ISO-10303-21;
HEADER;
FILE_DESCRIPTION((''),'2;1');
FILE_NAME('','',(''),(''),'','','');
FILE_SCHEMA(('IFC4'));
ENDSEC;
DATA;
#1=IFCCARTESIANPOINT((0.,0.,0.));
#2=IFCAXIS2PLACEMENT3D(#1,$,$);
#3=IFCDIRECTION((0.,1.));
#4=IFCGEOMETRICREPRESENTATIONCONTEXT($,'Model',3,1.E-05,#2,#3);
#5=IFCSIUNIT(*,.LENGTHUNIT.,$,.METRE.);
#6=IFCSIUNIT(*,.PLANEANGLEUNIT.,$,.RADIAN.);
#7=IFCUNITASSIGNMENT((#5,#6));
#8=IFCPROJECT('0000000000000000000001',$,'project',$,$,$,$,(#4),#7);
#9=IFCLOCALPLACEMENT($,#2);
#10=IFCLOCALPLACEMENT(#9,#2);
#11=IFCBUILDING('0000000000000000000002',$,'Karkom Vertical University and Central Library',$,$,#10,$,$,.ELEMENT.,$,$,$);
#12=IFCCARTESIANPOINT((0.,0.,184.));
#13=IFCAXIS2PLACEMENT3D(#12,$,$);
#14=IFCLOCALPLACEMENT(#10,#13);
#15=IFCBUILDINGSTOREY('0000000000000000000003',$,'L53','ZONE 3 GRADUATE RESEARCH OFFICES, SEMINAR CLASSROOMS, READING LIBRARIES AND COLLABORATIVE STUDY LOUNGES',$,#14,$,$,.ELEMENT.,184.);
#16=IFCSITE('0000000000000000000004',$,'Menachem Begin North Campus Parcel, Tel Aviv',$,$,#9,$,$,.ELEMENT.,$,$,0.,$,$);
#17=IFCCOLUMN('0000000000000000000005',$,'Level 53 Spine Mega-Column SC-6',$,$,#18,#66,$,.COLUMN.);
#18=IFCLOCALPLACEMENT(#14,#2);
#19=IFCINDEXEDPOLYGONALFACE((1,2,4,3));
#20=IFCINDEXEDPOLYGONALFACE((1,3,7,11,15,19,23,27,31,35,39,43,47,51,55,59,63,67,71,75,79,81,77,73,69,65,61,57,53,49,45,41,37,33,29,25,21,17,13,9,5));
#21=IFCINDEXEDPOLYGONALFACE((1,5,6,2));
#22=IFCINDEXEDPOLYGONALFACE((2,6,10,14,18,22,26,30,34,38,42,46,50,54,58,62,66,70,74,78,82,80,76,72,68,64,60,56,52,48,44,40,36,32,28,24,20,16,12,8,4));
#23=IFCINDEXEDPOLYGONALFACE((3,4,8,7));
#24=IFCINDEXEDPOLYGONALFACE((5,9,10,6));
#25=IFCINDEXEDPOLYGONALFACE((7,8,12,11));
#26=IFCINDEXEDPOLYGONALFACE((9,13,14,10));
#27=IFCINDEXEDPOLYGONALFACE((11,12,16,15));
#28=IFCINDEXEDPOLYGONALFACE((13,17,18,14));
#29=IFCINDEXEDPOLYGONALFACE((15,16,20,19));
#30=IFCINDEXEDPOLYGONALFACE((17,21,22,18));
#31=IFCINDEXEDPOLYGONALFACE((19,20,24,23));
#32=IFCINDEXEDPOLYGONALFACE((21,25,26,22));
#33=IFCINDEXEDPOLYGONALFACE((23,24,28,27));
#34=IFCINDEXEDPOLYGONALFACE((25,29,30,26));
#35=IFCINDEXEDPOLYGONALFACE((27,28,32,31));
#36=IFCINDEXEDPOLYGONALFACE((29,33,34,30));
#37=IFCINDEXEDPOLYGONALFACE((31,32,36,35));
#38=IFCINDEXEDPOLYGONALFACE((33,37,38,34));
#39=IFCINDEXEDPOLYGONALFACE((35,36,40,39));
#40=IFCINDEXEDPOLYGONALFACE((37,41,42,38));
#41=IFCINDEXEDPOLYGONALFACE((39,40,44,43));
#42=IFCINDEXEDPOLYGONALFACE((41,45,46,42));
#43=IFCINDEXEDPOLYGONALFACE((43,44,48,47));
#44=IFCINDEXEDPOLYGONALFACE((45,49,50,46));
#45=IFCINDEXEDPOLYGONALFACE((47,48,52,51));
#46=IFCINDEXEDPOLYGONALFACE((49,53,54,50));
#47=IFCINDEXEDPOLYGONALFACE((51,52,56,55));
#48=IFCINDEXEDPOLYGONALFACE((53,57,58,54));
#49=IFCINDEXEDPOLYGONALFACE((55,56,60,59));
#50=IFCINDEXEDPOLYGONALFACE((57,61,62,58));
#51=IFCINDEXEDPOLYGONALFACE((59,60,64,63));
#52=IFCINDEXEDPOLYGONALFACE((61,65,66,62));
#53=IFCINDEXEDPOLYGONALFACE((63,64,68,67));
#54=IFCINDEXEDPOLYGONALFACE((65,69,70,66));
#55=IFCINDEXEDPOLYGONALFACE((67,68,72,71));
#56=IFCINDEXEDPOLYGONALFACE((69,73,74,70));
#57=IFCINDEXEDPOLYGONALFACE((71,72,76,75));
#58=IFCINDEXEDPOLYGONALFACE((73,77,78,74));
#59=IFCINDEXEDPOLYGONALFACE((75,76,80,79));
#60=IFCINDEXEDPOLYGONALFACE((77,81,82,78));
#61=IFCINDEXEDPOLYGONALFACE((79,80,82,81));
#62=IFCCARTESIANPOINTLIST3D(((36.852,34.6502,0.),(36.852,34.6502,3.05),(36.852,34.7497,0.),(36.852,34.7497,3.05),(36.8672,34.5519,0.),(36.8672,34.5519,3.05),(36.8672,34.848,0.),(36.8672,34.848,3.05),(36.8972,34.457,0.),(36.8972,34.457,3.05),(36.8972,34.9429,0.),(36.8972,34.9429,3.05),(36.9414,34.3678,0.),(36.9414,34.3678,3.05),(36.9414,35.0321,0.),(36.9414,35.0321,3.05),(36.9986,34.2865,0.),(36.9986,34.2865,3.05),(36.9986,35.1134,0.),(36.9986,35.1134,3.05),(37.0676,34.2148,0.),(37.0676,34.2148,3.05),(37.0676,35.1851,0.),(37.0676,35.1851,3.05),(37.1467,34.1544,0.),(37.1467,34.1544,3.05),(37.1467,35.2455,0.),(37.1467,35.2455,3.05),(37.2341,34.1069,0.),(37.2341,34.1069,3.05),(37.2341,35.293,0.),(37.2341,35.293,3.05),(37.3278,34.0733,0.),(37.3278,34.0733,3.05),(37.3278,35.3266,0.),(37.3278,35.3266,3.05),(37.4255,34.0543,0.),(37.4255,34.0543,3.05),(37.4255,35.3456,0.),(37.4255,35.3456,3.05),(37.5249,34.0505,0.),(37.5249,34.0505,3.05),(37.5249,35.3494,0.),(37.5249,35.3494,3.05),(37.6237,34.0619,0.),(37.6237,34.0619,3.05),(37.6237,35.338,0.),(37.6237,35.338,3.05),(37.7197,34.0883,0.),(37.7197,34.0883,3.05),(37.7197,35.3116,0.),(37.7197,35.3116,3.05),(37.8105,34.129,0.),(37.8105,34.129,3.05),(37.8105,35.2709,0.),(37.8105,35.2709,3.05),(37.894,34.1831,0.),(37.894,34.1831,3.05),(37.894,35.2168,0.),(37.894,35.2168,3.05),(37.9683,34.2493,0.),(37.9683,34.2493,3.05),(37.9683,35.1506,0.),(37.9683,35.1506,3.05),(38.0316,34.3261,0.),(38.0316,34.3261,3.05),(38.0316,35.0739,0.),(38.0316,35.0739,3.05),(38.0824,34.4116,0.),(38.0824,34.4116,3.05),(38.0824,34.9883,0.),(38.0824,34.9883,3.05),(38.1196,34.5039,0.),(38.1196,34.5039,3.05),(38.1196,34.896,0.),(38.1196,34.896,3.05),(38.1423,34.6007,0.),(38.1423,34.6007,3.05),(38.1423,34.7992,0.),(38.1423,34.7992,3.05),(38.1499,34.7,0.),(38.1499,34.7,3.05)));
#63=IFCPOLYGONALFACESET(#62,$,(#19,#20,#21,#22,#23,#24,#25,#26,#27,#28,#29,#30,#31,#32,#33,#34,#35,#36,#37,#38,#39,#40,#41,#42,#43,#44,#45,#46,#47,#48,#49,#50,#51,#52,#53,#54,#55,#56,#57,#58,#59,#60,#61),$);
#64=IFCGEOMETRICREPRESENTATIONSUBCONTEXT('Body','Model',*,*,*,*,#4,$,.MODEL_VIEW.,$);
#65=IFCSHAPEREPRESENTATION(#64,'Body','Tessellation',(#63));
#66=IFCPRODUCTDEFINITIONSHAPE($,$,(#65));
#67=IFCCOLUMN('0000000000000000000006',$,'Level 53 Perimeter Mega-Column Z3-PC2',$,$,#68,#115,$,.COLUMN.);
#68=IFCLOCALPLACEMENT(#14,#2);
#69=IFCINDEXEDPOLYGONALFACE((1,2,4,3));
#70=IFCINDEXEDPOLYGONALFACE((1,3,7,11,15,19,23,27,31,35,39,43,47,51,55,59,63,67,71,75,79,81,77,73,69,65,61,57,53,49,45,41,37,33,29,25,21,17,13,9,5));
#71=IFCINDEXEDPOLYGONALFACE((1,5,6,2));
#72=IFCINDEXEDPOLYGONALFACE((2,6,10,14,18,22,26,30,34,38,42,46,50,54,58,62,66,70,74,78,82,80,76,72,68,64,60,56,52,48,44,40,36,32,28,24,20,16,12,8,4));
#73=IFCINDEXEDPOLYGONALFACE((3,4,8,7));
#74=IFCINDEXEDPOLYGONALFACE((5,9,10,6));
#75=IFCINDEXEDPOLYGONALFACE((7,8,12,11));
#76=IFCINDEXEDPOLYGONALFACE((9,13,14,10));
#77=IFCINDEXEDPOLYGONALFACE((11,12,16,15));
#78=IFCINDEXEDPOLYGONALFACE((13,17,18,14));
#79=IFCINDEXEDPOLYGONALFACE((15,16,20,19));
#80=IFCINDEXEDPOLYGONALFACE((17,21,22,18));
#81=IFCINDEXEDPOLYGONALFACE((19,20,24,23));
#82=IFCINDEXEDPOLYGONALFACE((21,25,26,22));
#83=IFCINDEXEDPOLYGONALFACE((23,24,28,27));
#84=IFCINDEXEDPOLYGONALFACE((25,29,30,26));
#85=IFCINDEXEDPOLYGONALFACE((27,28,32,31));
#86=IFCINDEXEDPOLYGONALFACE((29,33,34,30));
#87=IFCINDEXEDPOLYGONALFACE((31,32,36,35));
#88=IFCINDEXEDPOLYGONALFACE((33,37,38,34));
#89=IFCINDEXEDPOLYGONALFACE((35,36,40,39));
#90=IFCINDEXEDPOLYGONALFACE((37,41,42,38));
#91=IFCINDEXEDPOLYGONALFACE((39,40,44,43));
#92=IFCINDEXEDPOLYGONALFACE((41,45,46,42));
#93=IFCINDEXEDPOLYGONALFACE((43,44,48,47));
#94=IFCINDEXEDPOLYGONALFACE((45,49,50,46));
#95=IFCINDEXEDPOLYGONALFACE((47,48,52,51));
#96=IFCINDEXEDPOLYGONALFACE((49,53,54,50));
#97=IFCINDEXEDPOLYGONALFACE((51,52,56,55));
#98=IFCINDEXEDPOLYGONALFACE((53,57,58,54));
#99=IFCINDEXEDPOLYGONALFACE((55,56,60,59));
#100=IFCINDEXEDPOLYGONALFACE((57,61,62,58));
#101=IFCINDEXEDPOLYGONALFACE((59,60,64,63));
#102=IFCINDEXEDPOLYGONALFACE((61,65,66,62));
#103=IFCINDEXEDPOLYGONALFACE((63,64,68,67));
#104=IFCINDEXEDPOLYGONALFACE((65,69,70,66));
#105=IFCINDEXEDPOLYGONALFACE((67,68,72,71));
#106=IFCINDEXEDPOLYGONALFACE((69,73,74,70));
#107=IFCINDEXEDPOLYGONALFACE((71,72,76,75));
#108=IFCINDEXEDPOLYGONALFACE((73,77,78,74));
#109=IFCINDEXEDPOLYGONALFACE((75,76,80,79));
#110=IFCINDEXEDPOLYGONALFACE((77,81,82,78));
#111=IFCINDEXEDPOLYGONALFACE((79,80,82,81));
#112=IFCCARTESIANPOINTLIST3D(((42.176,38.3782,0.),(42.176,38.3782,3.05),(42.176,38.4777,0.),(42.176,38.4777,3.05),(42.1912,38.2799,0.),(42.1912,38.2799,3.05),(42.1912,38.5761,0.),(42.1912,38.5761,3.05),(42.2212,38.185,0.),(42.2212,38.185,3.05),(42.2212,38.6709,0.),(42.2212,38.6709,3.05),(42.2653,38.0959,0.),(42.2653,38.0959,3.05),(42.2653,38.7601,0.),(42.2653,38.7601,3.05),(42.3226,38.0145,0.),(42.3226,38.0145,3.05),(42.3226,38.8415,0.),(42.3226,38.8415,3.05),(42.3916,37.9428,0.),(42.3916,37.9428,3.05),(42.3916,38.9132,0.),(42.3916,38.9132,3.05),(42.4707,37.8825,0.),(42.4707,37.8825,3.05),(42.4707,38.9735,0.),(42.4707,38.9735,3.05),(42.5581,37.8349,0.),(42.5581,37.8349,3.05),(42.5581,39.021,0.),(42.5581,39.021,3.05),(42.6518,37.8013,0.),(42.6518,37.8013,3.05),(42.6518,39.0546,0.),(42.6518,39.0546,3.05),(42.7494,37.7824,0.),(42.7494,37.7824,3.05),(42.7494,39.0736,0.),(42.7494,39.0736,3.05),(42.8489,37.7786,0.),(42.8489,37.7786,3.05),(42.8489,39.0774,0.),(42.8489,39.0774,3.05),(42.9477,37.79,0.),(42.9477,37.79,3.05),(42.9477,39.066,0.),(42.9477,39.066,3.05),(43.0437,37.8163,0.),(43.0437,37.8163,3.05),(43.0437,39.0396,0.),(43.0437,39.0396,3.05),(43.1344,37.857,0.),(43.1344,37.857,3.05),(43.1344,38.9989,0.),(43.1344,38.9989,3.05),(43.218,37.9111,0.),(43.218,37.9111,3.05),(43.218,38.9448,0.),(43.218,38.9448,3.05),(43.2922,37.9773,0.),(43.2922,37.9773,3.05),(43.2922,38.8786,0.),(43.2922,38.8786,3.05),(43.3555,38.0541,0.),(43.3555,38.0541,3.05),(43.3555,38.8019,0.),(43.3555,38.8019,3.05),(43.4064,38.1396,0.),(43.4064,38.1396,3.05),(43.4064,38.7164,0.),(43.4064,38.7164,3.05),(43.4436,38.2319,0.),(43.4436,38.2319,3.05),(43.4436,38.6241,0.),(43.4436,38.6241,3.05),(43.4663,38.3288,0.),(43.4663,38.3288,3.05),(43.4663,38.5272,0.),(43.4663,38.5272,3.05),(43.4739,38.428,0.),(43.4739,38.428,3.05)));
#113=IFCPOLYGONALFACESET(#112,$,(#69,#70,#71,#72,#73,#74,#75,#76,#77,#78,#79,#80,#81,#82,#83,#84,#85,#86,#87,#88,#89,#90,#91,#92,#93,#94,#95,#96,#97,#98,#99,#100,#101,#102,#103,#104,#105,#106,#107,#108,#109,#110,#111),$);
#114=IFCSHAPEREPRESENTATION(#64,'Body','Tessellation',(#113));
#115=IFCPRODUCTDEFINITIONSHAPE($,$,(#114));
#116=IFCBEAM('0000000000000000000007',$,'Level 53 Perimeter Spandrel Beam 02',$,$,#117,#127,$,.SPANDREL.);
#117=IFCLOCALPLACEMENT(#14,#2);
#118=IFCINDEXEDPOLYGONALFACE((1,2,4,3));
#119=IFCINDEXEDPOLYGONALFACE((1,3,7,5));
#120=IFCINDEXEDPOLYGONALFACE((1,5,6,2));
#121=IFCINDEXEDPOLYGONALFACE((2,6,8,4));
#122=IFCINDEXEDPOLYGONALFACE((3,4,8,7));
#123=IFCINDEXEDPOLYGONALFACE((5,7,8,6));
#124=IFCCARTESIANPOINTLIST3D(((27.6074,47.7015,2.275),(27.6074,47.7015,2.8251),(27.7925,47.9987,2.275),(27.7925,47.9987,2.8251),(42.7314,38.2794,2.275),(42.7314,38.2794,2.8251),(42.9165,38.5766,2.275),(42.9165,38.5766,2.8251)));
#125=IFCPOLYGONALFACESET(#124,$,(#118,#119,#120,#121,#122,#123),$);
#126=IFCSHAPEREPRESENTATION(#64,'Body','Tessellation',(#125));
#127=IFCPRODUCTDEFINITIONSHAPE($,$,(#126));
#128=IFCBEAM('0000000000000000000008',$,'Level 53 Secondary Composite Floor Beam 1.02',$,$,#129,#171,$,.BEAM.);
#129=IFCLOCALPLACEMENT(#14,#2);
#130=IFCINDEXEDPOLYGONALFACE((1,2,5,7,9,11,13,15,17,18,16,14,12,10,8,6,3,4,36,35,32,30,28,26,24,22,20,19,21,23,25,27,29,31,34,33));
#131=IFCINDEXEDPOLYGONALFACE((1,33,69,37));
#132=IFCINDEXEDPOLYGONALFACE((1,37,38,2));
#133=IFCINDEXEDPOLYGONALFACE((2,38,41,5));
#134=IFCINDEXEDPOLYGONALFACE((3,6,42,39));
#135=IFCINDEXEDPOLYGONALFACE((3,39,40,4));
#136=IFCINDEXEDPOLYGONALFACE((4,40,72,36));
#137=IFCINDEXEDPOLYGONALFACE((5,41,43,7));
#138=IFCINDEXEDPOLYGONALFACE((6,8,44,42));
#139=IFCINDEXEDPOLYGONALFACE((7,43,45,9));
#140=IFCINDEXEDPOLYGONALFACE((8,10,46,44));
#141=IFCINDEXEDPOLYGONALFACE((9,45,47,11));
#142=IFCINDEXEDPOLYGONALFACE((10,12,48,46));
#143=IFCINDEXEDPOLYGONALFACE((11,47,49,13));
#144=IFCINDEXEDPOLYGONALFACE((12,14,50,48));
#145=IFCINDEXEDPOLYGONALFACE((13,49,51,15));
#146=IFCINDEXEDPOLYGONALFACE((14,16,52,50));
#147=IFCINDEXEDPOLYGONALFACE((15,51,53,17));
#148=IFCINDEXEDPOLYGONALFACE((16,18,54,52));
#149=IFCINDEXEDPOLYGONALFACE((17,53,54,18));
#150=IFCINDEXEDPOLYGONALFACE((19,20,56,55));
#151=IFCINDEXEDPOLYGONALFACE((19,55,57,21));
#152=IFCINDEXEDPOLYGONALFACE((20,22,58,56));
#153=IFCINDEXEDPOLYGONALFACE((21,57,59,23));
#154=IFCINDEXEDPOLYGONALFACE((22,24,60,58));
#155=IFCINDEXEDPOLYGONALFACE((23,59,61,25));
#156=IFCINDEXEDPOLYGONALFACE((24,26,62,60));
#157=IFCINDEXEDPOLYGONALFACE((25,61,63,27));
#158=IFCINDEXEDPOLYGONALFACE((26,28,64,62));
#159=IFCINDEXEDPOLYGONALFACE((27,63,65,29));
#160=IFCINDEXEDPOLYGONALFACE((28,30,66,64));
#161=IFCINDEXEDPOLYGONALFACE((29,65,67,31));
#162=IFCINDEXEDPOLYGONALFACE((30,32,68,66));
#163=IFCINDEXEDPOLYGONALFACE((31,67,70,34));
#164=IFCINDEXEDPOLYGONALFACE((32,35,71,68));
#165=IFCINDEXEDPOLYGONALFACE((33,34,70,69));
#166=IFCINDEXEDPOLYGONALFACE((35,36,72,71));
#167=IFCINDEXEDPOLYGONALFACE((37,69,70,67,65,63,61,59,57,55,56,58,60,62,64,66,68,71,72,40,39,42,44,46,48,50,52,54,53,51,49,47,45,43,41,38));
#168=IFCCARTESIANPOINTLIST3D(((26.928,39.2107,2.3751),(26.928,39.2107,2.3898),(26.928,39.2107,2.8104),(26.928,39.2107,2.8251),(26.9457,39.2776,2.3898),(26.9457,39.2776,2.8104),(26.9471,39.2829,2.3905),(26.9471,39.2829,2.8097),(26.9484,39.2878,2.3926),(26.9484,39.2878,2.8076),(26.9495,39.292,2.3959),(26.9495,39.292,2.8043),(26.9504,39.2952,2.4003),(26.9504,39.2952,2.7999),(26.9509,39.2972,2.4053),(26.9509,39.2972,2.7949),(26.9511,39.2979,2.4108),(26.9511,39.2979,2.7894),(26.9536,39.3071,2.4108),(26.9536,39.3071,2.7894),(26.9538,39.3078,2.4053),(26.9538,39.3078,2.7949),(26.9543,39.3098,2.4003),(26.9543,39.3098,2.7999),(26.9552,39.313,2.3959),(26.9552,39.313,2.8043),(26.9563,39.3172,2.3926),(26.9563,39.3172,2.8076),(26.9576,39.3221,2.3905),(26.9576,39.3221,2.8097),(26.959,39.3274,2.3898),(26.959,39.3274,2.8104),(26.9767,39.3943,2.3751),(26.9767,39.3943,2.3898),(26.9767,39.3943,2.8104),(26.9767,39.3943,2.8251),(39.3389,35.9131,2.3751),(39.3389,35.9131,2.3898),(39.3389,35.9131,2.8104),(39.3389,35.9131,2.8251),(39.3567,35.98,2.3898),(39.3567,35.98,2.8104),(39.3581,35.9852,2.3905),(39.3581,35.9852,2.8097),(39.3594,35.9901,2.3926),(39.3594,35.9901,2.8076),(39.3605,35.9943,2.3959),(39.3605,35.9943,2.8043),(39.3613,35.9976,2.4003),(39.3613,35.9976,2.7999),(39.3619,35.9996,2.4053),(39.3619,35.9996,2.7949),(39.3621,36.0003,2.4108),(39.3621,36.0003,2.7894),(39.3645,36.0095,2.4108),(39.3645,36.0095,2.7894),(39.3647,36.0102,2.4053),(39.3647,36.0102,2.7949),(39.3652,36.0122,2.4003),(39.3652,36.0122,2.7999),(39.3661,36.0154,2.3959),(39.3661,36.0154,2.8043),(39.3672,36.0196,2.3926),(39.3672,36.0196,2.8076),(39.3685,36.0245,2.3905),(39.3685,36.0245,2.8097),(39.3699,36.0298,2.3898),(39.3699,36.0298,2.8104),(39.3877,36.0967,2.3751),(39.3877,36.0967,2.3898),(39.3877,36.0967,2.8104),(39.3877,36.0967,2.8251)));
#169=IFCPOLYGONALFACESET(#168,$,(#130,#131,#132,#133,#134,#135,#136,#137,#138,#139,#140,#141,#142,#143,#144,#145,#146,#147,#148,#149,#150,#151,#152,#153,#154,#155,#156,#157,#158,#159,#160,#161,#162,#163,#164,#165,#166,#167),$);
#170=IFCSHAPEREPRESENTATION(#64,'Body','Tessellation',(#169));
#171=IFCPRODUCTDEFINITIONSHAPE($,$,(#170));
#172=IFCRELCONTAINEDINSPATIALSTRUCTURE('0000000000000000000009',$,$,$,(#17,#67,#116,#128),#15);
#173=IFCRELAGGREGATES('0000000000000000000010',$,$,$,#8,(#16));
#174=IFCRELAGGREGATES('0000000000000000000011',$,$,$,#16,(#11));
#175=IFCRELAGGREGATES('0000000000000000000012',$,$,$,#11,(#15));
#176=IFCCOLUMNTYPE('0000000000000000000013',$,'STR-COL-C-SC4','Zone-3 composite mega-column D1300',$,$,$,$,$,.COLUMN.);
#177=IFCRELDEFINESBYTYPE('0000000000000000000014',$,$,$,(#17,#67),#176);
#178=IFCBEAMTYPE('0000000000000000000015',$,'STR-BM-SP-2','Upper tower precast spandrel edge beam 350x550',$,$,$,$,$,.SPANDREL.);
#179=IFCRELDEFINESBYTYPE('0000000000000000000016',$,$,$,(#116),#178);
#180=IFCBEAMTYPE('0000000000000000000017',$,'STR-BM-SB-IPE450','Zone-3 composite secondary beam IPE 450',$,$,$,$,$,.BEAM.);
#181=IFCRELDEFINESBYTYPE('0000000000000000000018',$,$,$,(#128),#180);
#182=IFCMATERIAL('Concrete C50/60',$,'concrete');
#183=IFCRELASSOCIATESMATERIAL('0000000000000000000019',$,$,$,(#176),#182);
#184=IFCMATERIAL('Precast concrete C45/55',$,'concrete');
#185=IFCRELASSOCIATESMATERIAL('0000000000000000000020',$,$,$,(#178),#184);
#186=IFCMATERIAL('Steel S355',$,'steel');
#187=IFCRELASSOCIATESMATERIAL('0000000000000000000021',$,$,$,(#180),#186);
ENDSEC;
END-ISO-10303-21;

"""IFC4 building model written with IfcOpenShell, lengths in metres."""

from ifc_helpers import new_model, si_unit, direction, frame, origin, origin_with_axes, origin_2d, place, context, subcontext, project, spatial, rectangle, circle, i_section, extrude, source, transform, mapped, material, material_profile, profile_set, type_object, element, save


model = new_model("IFC4")

# Units and contexts
model_context = context("Model", 3, precision=1e-05, world=origin(), true_north=direction((0.0, 1.0)))
body_context = subcontext(model_context, "Body", "Model", "MODEL_VIEW")
ifc_project = project(units=[si_unit("LENGTHUNIT", "METRE"), si_unit("PLANEANGLEUNIT", "RADIAN")], contexts=[model_context])

# Site, building, storey
site_placement = place(None, origin())
site = spatial("IfcSite", under=ifc_project, at=site_placement, Name="Menachem Begin North Campus Parcel, Tel Aviv", CompositionType="ELEMENT", RefElevation=0.0)
building_placement = place(site_placement, origin())
building = spatial("IfcBuilding", under=site, at=building_placement, Name="Karkom Vertical University and Central Library", CompositionType="ELEMENT")
storey_placement = place(building_placement, frame((0.0, 0.0, 184.0)))
storey = spatial("IfcBuildingStorey", under=building, at=storey_placement, Name="L53", Description="ZONE 3 GRADUATE RESEARCH OFFICES, SEMINAR CLASSROOMS, READING LIBRARIES AND COLLABORATIVE STUDY LOUNGES", CompositionType="ELEMENT", Elevation=184.0)

# Columns
ifc_material_1 = material(Name="Concrete C50/60", Category="concrete")
ifc_material_profile_1 = material_profile(ifc_material_1, circle(Radius=0.6499, at=origin_2d()), Name="CFT-D1300")
ifc_profile_set_1 = profile_set([ifc_material_profile_1], Name="Concrete C50/60")
column_type = type_object("IfcColumnType", Name="STR-COL-C-SC4", Description="Zone-3 composite mega-column D1300", PredefinedType="COLUMN", material=ifc_profile_set_1)
shared_shape_1 = source(origin_with_axes(), body_context, "Body", "SweptSolid", [
    extrude(circle(Radius=0.6499, at=origin_2d()), origin(), (0.0, 0.0, 1.0), 3.05),
])
for number, where, z_axis, x_axis, name in (
    (1, (37.5, 34.7, 0.0), (0.0, 0.0, 1.0), (1.0, 0.0, 0.0), "Level 53 Spine Mega-Column SC-6"),
    (2, (42.824, 38.428, 0.0), (0.0, 0.0, 1.0), (1.0, 0.0, 0.0), "Level 53 Perimeter Mega-Column Z3-PC2"),
):
    element("IfcColumn", number, at=place(storey_placement, frame(where, z_axis=z_axis, x_axis=x_axis)), inside=storey, type_object=column_type, Name=name, PredefinedType="COLUMN", context=body_context, shape_type="MappedRepresentation", body=[
        mapped(shared_shape_1, transform((0.0, 0.0, 0.0), scale=1.0)),
    ])

# Beams
ifc_material_2 = material(Name="Precast concrete C45/55", Category="concrete")
ifc_material_profile_2 = material_profile(ifc_material_2, rectangle(XDim=0.3501, YDim=0.55, at=origin_2d()), Name="SPB-350x550")
ifc_profile_set_2 = profile_set([ifc_material_profile_2], Name="Precast concrete C45/55")
beam_type_1 = type_object("IfcBeamType", Name="STR-BM-SP-2", Description="Upper tower precast spandrel edge beam 350x550", PredefinedType="SPANDREL", material=ifc_profile_set_2)
shared_shape_2 = source(origin_with_axes(), body_context, "Body", "SweptSolid", [
    extrude(rectangle(XDim=0.3501, YDim=0.55, at=origin_2d()), origin(), (0.0, 0.0, 1.0), 17.8188),
])
beam_1_placement = place(storey_placement, frame((42.824, 38.428, 2.55), z_axis=(-0.848764, 0.528772, 0.0), x_axis=(-0.528772, -0.848764, 0.0)))
element("IfcBeam", 3, at=beam_1_placement, inside=storey, type_object=beam_type_1, Name="Level 53 Perimeter Spandrel Beam 02", PredefinedType="SPANDREL", context=body_context, shape_type="MappedRepresentation", body=[
    mapped(shared_shape_2, transform((0.0, 0.0, 0.0), scale=1.0)),
])
ifc_material_3 = material(Name="Steel S355", Category="steel")
ifc_material_profile_3 = material_profile(ifc_material_3, i_section(OverallWidth=0.1899, OverallDepth=0.45, WebThickness=0.0095, FlangeThickness=0.0146, FilletRadius=0.021, at=origin_2d()), Name="IPE 450")
ifc_profile_set_3 = profile_set([ifc_material_profile_3], Name="Steel S355")
beam_type_2 = type_object("IfcBeamType", Name="STR-BM-SB-IPE450", Description="Zone-3 composite secondary beam IPE 450", PredefinedType="BEAM", material=ifc_profile_set_3)
shared_shape_3 = source(origin_with_axes(), body_context, "Body", "SweptSolid", [
    extrude(i_section(OverallWidth=0.1899, OverallDepth=0.45, WebThickness=0.0095, FlangeThickness=0.0146, FilletRadius=0.021, at=origin_2d()), origin(), (0.0, 0.0, 1.0), 12.8416),
])
beam_2_placement = place(storey_placement, frame((39.3633, 36.0049, 2.6001), z_axis=(-0.966466, 0.256793, 0.0), x_axis=(-0.256793, -0.966466, 0.0)))
element("IfcBeam", 4, at=beam_2_placement, inside=storey, type_object=beam_type_2, Name="Level 53 Secondary Composite Floor Beam 1.02", PredefinedType="BEAM", context=body_context, shape_type="MappedRepresentation", body=[
    mapped(shared_shape_3, transform((0.0, 0.0, 0.0), scale=1.0)),
])

save(model, "model.ifc")
